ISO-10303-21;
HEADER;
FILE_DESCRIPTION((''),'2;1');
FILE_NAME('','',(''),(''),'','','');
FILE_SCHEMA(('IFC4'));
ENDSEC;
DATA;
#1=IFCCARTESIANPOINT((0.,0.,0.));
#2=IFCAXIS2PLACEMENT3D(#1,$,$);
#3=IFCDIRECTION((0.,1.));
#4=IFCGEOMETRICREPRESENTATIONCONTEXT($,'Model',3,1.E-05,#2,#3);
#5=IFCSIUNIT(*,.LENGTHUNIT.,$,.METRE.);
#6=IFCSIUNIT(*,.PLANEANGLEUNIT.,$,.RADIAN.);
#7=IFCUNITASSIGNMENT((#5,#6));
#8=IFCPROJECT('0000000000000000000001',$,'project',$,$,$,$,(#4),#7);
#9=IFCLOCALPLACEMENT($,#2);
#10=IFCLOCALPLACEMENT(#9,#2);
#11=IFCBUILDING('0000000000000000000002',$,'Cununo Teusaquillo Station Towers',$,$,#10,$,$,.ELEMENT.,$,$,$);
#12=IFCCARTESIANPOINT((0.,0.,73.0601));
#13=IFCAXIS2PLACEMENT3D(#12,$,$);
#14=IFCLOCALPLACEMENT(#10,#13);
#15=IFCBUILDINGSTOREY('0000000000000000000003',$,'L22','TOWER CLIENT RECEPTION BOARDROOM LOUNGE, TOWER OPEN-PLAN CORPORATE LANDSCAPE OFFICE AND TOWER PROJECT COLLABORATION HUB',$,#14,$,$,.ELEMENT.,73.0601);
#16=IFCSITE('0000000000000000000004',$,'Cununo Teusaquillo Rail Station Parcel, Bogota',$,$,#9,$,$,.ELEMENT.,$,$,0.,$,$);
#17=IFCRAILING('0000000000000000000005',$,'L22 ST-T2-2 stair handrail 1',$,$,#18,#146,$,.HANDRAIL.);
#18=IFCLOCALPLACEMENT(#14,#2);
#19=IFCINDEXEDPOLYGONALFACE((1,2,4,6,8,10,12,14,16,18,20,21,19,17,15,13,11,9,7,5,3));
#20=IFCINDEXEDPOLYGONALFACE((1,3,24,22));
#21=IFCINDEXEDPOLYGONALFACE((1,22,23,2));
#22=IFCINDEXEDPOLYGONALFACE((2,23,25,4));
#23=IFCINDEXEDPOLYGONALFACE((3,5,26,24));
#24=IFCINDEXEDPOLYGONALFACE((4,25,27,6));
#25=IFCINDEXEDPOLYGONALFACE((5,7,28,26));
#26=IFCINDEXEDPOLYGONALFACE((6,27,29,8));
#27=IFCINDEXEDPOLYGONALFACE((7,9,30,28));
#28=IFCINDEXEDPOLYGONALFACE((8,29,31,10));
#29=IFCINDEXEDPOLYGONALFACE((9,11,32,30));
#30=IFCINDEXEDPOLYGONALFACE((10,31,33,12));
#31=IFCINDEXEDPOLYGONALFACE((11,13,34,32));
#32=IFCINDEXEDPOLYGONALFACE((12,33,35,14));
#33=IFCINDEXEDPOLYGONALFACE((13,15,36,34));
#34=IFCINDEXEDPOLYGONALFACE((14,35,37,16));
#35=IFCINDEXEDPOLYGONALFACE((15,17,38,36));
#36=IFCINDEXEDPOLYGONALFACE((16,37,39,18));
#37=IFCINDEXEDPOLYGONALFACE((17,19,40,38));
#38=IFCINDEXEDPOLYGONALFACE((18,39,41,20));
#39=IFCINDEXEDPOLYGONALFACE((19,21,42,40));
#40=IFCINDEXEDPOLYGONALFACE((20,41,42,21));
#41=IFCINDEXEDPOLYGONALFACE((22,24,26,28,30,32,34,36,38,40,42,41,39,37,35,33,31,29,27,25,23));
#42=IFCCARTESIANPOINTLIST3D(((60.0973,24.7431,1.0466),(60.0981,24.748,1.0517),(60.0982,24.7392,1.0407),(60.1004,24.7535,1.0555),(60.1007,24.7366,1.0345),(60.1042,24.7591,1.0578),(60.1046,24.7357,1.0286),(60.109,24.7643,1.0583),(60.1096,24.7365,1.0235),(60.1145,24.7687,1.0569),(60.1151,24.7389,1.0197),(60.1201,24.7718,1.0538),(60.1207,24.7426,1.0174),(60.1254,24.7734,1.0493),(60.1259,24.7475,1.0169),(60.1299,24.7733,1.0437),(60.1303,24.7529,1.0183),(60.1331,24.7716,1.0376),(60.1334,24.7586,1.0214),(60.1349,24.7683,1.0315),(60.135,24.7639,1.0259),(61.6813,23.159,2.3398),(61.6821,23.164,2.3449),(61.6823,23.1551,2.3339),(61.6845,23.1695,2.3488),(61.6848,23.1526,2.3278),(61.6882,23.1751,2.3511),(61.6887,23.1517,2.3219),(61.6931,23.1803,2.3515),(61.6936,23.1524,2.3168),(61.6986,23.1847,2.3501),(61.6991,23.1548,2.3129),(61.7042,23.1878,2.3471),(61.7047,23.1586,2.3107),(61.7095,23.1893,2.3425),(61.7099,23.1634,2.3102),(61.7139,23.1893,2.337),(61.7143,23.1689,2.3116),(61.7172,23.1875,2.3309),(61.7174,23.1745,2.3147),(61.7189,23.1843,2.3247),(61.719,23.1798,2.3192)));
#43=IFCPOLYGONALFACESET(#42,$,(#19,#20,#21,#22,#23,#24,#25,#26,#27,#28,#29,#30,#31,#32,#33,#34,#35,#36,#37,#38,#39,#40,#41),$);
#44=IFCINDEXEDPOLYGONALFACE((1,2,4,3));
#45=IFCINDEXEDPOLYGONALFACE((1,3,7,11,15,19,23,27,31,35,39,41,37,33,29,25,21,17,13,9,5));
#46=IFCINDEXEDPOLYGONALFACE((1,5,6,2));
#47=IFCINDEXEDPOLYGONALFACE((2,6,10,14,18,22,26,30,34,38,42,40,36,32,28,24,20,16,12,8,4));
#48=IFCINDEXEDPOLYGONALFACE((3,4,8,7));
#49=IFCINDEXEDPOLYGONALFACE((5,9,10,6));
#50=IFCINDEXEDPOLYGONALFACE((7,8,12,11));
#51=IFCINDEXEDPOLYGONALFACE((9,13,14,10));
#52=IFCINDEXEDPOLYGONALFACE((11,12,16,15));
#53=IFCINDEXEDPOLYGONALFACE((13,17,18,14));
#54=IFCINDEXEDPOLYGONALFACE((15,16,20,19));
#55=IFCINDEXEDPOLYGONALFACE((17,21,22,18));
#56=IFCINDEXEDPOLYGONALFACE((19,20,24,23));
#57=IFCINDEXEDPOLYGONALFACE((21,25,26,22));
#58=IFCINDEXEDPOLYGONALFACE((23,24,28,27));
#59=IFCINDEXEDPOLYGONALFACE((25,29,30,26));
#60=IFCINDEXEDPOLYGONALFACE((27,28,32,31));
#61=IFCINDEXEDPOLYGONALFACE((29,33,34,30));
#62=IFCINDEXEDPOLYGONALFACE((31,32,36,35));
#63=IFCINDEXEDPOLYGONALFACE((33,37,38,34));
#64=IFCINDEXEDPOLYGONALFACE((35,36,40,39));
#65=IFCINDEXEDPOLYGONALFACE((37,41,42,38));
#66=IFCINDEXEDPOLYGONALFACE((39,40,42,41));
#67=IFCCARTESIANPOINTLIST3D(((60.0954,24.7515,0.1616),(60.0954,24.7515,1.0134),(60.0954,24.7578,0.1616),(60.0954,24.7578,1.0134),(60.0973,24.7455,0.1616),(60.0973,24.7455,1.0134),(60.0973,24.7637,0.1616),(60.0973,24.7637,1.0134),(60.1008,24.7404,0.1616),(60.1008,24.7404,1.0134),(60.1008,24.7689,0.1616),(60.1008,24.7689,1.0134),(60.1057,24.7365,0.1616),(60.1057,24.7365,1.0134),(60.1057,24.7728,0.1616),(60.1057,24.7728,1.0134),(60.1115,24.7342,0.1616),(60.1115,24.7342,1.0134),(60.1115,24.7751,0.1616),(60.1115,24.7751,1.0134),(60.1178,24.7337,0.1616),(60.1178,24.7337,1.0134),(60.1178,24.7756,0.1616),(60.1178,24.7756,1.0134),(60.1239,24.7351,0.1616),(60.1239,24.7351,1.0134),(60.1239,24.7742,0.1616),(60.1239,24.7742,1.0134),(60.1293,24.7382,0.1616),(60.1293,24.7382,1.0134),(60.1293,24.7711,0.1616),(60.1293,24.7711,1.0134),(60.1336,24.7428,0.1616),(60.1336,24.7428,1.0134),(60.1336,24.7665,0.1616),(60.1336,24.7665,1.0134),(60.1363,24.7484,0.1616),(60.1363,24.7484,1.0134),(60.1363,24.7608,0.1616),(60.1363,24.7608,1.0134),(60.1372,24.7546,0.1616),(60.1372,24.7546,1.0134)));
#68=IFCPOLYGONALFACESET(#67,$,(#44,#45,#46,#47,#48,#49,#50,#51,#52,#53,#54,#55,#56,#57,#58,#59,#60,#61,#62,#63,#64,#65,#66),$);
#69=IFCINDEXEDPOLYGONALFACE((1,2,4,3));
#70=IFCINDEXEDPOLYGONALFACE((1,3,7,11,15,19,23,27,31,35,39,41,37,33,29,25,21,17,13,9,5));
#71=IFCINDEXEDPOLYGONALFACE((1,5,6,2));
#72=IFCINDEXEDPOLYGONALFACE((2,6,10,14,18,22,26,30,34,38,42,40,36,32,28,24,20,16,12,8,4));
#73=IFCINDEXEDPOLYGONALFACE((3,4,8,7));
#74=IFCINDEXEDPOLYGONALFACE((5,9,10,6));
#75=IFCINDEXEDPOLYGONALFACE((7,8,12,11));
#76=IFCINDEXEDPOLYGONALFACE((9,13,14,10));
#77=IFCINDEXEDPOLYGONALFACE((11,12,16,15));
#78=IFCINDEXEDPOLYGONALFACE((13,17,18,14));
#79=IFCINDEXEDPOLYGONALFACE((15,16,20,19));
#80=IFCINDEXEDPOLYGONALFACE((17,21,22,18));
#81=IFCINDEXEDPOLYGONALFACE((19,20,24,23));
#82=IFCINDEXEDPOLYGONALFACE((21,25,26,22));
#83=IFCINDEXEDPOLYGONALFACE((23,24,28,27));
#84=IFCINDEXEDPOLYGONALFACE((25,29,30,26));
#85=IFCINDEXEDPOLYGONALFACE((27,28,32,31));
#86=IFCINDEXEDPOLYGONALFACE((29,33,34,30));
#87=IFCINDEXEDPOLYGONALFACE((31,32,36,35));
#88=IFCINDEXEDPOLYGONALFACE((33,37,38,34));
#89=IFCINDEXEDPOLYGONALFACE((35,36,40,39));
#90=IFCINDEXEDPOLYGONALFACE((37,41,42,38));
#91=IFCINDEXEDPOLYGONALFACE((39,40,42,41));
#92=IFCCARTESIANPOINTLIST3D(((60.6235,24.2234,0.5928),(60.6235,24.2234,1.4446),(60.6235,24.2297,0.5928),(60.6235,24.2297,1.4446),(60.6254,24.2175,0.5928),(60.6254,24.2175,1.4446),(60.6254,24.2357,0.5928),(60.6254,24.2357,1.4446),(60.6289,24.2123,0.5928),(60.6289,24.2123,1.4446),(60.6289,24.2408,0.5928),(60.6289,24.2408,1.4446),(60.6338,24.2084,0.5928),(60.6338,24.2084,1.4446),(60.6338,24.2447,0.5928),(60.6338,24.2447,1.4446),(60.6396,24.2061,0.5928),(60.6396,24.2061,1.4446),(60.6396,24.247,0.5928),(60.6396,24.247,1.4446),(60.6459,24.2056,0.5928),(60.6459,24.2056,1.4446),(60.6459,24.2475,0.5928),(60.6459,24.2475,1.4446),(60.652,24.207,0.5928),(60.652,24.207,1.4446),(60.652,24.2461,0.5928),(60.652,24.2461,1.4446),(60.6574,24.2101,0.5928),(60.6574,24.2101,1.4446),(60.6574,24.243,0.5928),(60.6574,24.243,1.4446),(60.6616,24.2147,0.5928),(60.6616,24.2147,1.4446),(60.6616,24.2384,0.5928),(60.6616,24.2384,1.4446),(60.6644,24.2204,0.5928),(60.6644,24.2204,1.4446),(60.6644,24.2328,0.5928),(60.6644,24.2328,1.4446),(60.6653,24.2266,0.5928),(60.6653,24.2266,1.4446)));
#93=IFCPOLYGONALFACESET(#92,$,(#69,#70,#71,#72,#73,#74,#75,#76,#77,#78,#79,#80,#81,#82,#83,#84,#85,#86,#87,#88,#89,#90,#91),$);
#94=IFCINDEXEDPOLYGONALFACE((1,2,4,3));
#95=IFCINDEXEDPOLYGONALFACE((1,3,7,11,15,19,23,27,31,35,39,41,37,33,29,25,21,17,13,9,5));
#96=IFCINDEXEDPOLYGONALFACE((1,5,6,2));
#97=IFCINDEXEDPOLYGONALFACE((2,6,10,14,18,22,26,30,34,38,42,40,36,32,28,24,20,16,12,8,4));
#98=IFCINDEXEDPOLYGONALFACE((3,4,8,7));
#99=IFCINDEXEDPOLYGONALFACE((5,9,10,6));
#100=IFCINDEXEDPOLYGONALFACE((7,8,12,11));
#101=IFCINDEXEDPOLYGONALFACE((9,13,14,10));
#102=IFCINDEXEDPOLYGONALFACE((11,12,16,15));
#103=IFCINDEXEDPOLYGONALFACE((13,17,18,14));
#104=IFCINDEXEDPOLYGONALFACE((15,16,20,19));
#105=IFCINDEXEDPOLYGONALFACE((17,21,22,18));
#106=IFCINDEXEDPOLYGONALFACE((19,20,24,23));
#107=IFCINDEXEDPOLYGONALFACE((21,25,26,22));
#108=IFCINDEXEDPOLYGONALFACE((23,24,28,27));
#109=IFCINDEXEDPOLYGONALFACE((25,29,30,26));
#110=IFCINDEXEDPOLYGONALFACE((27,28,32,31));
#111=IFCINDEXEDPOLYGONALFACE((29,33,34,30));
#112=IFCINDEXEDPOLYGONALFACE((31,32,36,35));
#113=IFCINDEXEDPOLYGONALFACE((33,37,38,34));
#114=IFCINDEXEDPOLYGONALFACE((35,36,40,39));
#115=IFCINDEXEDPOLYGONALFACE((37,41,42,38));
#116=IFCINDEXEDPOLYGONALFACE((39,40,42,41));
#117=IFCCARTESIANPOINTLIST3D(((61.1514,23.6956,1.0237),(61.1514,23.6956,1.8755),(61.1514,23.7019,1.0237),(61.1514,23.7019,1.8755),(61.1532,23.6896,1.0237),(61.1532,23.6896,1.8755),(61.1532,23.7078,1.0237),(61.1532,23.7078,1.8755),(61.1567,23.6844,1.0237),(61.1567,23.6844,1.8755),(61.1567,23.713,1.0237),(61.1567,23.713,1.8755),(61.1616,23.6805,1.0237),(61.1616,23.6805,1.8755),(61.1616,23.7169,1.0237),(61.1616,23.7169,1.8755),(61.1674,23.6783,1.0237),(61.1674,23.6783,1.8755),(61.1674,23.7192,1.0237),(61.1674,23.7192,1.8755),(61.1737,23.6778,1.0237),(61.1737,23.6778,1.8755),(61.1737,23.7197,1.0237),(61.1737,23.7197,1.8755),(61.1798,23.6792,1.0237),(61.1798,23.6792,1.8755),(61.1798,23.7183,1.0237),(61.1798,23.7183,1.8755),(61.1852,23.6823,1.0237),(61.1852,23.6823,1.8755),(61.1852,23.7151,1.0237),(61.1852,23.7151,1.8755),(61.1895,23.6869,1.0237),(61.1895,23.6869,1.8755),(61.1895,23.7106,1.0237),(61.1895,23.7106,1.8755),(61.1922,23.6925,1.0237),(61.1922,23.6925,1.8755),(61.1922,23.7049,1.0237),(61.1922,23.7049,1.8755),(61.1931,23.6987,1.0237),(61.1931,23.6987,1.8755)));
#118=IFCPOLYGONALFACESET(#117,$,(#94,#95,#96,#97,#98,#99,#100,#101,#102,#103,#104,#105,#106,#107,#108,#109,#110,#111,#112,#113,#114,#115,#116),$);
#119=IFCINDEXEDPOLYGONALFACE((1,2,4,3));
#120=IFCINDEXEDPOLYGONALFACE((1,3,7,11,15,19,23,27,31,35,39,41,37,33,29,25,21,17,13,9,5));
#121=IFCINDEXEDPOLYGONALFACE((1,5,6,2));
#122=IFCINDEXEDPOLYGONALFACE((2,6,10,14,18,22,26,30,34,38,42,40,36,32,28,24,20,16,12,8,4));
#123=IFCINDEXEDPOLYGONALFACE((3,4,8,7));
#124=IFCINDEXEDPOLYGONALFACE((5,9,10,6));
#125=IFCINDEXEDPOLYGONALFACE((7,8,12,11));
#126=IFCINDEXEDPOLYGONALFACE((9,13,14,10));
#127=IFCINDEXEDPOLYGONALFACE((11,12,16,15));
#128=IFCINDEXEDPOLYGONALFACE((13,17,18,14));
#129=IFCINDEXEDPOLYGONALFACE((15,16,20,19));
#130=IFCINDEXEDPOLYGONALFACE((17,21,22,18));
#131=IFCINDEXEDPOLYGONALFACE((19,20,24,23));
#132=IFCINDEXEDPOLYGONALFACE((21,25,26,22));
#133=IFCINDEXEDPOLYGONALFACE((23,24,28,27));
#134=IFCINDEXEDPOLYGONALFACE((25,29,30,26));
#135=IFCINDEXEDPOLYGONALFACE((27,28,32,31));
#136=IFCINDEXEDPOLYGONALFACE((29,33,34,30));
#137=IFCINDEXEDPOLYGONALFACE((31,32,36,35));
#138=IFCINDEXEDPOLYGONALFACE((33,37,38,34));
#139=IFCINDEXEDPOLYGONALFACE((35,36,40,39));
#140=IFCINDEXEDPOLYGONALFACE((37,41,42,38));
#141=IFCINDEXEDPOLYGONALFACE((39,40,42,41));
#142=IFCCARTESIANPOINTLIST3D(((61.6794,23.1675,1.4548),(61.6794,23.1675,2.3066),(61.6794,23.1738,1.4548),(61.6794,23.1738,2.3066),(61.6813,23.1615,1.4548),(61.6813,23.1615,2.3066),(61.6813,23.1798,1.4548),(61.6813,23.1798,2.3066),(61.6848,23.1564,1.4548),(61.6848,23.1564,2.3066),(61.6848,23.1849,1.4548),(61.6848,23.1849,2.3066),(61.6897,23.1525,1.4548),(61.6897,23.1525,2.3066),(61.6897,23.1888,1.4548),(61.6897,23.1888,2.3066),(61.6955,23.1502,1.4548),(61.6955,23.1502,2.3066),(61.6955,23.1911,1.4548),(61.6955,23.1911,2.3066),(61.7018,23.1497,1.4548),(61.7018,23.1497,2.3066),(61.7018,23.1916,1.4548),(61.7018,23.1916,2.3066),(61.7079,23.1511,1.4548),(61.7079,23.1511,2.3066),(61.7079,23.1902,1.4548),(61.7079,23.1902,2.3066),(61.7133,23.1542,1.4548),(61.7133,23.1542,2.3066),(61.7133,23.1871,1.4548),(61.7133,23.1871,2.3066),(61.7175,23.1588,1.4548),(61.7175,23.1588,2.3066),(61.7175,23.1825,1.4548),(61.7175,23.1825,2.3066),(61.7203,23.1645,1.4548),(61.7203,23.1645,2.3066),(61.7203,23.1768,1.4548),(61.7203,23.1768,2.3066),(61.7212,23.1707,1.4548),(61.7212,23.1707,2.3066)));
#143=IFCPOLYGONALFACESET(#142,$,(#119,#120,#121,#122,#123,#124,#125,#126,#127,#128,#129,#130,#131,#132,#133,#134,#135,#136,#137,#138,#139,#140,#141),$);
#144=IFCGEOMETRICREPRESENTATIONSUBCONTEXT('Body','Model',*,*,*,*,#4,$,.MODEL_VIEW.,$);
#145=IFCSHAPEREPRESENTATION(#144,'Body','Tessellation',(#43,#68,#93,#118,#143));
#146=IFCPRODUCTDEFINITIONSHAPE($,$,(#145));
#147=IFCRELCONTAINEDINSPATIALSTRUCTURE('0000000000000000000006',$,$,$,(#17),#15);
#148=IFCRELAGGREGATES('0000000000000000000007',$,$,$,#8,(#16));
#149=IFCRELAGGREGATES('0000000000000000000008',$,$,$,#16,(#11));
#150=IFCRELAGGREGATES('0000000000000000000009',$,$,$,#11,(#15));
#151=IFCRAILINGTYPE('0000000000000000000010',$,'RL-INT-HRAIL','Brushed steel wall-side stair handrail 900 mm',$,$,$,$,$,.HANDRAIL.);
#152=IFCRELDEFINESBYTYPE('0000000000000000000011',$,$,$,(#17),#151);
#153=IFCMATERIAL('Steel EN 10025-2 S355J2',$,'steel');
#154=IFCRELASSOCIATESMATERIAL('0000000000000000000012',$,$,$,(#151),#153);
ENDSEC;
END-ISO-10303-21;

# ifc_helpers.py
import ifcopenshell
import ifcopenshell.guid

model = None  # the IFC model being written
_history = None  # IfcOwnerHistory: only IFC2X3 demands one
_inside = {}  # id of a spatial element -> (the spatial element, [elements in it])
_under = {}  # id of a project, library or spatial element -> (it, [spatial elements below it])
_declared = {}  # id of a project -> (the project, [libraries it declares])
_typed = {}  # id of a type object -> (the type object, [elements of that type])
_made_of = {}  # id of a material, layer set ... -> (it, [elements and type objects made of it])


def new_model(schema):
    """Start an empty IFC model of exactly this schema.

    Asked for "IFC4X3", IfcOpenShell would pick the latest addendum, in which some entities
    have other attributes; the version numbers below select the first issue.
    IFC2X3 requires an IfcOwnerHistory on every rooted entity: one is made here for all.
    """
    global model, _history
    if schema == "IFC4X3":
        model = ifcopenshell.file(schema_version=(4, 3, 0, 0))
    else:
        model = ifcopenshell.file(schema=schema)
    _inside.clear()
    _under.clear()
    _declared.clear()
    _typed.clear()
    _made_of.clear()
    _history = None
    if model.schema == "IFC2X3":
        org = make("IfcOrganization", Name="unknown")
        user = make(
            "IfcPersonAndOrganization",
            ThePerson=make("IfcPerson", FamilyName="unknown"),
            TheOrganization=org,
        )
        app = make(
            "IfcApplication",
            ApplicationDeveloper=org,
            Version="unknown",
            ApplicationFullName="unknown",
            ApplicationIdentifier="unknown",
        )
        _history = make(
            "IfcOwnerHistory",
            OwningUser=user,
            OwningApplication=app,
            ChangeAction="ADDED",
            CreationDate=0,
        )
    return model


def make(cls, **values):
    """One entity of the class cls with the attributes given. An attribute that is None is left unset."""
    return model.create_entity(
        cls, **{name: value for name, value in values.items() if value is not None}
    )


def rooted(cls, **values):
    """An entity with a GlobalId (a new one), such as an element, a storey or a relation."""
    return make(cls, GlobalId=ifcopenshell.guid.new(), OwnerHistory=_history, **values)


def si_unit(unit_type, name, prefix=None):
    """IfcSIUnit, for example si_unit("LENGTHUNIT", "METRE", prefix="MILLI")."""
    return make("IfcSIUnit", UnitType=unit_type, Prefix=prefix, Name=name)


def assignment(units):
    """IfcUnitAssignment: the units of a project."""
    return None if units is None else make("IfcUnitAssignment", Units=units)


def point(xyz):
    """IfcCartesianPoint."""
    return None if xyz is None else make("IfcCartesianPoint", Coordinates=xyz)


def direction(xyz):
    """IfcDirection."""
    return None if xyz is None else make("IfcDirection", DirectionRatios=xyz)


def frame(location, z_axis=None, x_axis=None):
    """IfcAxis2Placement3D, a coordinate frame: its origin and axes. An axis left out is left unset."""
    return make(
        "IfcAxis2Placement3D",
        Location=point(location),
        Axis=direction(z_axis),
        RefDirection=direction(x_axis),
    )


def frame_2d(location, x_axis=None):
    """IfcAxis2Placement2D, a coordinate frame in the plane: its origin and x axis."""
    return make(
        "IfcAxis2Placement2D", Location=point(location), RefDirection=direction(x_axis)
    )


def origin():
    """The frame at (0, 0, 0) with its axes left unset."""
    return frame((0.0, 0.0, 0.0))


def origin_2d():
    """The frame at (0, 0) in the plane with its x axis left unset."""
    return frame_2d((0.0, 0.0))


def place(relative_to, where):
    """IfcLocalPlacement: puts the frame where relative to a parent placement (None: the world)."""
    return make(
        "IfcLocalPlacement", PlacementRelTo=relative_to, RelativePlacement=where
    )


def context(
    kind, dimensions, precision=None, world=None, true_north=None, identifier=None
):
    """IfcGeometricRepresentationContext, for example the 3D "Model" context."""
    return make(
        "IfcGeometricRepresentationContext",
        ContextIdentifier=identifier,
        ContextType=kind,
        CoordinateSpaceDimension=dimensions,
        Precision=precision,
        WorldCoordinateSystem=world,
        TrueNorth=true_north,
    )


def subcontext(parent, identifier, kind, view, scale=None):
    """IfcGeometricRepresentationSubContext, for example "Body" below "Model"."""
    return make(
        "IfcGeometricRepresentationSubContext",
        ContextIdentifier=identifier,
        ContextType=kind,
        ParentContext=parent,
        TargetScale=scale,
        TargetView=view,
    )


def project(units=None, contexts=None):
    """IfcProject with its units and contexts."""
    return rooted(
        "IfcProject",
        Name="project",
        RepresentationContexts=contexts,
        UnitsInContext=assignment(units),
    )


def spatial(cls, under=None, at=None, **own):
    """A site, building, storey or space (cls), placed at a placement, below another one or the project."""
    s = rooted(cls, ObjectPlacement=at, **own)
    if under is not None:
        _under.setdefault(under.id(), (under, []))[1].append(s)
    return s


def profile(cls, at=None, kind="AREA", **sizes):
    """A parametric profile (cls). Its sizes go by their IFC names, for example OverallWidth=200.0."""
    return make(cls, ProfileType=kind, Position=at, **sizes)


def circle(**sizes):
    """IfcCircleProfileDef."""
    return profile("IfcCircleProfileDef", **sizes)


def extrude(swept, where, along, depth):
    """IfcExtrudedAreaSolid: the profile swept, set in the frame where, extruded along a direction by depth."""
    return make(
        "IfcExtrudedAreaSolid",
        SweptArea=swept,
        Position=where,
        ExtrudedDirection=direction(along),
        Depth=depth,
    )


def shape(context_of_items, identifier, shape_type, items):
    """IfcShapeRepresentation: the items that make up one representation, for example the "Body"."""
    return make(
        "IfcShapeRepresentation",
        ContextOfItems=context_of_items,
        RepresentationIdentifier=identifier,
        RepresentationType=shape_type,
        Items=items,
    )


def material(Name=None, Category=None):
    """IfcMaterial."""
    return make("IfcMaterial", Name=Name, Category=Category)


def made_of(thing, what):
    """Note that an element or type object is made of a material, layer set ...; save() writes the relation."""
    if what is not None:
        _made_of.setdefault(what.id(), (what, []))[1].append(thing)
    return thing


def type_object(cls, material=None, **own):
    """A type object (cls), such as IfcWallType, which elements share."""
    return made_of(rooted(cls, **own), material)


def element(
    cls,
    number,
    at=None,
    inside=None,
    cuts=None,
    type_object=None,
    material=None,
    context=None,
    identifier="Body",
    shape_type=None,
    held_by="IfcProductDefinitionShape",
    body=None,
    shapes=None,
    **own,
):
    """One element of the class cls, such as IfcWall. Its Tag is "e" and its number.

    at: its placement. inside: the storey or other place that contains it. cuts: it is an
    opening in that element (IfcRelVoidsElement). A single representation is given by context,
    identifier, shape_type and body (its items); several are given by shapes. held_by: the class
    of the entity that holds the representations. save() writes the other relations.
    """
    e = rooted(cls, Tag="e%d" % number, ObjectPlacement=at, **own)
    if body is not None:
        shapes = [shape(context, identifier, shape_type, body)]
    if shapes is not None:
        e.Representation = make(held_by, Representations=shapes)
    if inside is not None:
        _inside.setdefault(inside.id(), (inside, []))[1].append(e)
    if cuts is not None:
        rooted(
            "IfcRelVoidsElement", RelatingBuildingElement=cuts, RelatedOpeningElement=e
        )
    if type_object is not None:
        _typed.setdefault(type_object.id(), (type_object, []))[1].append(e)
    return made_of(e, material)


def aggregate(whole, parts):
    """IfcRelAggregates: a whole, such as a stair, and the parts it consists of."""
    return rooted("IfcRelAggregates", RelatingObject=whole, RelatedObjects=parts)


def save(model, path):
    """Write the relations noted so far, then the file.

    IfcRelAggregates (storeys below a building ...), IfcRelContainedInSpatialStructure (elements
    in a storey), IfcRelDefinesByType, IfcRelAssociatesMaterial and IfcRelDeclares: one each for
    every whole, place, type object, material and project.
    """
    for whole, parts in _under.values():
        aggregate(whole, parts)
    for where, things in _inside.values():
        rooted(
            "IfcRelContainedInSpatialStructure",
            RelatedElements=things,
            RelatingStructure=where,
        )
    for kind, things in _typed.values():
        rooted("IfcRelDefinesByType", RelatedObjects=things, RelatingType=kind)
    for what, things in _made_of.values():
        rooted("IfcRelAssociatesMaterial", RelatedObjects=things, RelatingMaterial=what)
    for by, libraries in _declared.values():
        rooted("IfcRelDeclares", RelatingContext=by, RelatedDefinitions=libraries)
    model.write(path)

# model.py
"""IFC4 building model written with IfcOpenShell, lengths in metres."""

from ifc_helpers import new_model, si_unit, direction, frame, origin, origin_2d, place, context, subcontext, project, spatial, circle, extrude, material, type_object, element, save


model = new_model("IFC4")

# Units and contexts
model_context = context("Model", 3, precision=1e-05, world=origin(), true_north=direction((0.0, 1.0)))
body_context = subcontext(model_context, "Body", "Model", "MODEL_VIEW")
ifc_project = project(units=[si_unit("LENGTHUNIT", "METRE"), si_unit("PLANEANGLEUNIT", "RADIAN")], contexts=[model_context])

# Site, building, storey
site_placement = place(None, origin())
site = spatial("IfcSite", under=ifc_project, at=site_placement, Name="Cununo Teusaquillo Rail Station Parcel, Bogota", CompositionType="ELEMENT", RefElevation=0.0)
building_placement = place(site_placement, origin())
building = spatial("IfcBuilding", under=site, at=building_placement, Name="Cununo Teusaquillo Station Towers", CompositionType="ELEMENT")
storey_placement = place(building_placement, frame((0.0, 0.0, 73.0601)))
storey = spatial("IfcBuildingStorey", under=building, at=storey_placement, Name="L22", Description="TOWER CLIENT RECEPTION BOARDROOM LOUNGE, TOWER OPEN-PLAN CORPORATE LANDSCAPE OFFICE AND TOWER PROJECT COLLABORATION HUB", CompositionType="ELEMENT", Elevation=73.0601)

# Railing
ifc_material_1 = material(Name="Steel EN 10025-2 S355J2", Category="steel")
railing_type_1 = type_object("IfcRailingType", Name="RL-INT-HRAIL", Description="Brushed steel wall-side stair handrail 900 mm", PredefinedType="HANDRAIL", material=ifc_material_1)
railing_1_placement = place(storey_placement, frame((60.1162, 24.7546, 0.1616)))
element("IfcRailing", 1, at=railing_1_placement, inside=storey, type_object=railing_type_1, Name="L22 ST-T2-2 stair handrail 1", PredefinedType="HANDRAIL", context=body_context, shape_type="SweptSolid", body=[
    extrude(circle(Radius=0.0239, at=origin_2d()), frame((0.0, 0.0, 0.876), z_axis=(0.612385, -0.612385, 0.49997), x_axis=(0.707107, 0.707107, 0.0)), (0.0, 0.0, 1.0), 2.5867),
    extrude(circle(Radius=0.021, at=origin_2d()), origin(), (0.0, 0.0, 1.0), 0.8518),
    extrude(circle(Radius=0.021, at=origin_2d()), frame((0.5281, -0.5281, 0.4312)), (0.0, 0.0, 1.0), 0.8518),
    extrude(circle(Radius=0.021, at=origin_2d()), frame((1.0559, -1.0559, 0.8621)), (0.0, 0.0, 1.0), 0.8518),
    extrude(circle(Radius=0.021, at=origin_2d()), frame((1.584, -1.584, 1.2932)), (0.0, 0.0, 1.0), 0.8518),
])

save(model, "model.ifc")
